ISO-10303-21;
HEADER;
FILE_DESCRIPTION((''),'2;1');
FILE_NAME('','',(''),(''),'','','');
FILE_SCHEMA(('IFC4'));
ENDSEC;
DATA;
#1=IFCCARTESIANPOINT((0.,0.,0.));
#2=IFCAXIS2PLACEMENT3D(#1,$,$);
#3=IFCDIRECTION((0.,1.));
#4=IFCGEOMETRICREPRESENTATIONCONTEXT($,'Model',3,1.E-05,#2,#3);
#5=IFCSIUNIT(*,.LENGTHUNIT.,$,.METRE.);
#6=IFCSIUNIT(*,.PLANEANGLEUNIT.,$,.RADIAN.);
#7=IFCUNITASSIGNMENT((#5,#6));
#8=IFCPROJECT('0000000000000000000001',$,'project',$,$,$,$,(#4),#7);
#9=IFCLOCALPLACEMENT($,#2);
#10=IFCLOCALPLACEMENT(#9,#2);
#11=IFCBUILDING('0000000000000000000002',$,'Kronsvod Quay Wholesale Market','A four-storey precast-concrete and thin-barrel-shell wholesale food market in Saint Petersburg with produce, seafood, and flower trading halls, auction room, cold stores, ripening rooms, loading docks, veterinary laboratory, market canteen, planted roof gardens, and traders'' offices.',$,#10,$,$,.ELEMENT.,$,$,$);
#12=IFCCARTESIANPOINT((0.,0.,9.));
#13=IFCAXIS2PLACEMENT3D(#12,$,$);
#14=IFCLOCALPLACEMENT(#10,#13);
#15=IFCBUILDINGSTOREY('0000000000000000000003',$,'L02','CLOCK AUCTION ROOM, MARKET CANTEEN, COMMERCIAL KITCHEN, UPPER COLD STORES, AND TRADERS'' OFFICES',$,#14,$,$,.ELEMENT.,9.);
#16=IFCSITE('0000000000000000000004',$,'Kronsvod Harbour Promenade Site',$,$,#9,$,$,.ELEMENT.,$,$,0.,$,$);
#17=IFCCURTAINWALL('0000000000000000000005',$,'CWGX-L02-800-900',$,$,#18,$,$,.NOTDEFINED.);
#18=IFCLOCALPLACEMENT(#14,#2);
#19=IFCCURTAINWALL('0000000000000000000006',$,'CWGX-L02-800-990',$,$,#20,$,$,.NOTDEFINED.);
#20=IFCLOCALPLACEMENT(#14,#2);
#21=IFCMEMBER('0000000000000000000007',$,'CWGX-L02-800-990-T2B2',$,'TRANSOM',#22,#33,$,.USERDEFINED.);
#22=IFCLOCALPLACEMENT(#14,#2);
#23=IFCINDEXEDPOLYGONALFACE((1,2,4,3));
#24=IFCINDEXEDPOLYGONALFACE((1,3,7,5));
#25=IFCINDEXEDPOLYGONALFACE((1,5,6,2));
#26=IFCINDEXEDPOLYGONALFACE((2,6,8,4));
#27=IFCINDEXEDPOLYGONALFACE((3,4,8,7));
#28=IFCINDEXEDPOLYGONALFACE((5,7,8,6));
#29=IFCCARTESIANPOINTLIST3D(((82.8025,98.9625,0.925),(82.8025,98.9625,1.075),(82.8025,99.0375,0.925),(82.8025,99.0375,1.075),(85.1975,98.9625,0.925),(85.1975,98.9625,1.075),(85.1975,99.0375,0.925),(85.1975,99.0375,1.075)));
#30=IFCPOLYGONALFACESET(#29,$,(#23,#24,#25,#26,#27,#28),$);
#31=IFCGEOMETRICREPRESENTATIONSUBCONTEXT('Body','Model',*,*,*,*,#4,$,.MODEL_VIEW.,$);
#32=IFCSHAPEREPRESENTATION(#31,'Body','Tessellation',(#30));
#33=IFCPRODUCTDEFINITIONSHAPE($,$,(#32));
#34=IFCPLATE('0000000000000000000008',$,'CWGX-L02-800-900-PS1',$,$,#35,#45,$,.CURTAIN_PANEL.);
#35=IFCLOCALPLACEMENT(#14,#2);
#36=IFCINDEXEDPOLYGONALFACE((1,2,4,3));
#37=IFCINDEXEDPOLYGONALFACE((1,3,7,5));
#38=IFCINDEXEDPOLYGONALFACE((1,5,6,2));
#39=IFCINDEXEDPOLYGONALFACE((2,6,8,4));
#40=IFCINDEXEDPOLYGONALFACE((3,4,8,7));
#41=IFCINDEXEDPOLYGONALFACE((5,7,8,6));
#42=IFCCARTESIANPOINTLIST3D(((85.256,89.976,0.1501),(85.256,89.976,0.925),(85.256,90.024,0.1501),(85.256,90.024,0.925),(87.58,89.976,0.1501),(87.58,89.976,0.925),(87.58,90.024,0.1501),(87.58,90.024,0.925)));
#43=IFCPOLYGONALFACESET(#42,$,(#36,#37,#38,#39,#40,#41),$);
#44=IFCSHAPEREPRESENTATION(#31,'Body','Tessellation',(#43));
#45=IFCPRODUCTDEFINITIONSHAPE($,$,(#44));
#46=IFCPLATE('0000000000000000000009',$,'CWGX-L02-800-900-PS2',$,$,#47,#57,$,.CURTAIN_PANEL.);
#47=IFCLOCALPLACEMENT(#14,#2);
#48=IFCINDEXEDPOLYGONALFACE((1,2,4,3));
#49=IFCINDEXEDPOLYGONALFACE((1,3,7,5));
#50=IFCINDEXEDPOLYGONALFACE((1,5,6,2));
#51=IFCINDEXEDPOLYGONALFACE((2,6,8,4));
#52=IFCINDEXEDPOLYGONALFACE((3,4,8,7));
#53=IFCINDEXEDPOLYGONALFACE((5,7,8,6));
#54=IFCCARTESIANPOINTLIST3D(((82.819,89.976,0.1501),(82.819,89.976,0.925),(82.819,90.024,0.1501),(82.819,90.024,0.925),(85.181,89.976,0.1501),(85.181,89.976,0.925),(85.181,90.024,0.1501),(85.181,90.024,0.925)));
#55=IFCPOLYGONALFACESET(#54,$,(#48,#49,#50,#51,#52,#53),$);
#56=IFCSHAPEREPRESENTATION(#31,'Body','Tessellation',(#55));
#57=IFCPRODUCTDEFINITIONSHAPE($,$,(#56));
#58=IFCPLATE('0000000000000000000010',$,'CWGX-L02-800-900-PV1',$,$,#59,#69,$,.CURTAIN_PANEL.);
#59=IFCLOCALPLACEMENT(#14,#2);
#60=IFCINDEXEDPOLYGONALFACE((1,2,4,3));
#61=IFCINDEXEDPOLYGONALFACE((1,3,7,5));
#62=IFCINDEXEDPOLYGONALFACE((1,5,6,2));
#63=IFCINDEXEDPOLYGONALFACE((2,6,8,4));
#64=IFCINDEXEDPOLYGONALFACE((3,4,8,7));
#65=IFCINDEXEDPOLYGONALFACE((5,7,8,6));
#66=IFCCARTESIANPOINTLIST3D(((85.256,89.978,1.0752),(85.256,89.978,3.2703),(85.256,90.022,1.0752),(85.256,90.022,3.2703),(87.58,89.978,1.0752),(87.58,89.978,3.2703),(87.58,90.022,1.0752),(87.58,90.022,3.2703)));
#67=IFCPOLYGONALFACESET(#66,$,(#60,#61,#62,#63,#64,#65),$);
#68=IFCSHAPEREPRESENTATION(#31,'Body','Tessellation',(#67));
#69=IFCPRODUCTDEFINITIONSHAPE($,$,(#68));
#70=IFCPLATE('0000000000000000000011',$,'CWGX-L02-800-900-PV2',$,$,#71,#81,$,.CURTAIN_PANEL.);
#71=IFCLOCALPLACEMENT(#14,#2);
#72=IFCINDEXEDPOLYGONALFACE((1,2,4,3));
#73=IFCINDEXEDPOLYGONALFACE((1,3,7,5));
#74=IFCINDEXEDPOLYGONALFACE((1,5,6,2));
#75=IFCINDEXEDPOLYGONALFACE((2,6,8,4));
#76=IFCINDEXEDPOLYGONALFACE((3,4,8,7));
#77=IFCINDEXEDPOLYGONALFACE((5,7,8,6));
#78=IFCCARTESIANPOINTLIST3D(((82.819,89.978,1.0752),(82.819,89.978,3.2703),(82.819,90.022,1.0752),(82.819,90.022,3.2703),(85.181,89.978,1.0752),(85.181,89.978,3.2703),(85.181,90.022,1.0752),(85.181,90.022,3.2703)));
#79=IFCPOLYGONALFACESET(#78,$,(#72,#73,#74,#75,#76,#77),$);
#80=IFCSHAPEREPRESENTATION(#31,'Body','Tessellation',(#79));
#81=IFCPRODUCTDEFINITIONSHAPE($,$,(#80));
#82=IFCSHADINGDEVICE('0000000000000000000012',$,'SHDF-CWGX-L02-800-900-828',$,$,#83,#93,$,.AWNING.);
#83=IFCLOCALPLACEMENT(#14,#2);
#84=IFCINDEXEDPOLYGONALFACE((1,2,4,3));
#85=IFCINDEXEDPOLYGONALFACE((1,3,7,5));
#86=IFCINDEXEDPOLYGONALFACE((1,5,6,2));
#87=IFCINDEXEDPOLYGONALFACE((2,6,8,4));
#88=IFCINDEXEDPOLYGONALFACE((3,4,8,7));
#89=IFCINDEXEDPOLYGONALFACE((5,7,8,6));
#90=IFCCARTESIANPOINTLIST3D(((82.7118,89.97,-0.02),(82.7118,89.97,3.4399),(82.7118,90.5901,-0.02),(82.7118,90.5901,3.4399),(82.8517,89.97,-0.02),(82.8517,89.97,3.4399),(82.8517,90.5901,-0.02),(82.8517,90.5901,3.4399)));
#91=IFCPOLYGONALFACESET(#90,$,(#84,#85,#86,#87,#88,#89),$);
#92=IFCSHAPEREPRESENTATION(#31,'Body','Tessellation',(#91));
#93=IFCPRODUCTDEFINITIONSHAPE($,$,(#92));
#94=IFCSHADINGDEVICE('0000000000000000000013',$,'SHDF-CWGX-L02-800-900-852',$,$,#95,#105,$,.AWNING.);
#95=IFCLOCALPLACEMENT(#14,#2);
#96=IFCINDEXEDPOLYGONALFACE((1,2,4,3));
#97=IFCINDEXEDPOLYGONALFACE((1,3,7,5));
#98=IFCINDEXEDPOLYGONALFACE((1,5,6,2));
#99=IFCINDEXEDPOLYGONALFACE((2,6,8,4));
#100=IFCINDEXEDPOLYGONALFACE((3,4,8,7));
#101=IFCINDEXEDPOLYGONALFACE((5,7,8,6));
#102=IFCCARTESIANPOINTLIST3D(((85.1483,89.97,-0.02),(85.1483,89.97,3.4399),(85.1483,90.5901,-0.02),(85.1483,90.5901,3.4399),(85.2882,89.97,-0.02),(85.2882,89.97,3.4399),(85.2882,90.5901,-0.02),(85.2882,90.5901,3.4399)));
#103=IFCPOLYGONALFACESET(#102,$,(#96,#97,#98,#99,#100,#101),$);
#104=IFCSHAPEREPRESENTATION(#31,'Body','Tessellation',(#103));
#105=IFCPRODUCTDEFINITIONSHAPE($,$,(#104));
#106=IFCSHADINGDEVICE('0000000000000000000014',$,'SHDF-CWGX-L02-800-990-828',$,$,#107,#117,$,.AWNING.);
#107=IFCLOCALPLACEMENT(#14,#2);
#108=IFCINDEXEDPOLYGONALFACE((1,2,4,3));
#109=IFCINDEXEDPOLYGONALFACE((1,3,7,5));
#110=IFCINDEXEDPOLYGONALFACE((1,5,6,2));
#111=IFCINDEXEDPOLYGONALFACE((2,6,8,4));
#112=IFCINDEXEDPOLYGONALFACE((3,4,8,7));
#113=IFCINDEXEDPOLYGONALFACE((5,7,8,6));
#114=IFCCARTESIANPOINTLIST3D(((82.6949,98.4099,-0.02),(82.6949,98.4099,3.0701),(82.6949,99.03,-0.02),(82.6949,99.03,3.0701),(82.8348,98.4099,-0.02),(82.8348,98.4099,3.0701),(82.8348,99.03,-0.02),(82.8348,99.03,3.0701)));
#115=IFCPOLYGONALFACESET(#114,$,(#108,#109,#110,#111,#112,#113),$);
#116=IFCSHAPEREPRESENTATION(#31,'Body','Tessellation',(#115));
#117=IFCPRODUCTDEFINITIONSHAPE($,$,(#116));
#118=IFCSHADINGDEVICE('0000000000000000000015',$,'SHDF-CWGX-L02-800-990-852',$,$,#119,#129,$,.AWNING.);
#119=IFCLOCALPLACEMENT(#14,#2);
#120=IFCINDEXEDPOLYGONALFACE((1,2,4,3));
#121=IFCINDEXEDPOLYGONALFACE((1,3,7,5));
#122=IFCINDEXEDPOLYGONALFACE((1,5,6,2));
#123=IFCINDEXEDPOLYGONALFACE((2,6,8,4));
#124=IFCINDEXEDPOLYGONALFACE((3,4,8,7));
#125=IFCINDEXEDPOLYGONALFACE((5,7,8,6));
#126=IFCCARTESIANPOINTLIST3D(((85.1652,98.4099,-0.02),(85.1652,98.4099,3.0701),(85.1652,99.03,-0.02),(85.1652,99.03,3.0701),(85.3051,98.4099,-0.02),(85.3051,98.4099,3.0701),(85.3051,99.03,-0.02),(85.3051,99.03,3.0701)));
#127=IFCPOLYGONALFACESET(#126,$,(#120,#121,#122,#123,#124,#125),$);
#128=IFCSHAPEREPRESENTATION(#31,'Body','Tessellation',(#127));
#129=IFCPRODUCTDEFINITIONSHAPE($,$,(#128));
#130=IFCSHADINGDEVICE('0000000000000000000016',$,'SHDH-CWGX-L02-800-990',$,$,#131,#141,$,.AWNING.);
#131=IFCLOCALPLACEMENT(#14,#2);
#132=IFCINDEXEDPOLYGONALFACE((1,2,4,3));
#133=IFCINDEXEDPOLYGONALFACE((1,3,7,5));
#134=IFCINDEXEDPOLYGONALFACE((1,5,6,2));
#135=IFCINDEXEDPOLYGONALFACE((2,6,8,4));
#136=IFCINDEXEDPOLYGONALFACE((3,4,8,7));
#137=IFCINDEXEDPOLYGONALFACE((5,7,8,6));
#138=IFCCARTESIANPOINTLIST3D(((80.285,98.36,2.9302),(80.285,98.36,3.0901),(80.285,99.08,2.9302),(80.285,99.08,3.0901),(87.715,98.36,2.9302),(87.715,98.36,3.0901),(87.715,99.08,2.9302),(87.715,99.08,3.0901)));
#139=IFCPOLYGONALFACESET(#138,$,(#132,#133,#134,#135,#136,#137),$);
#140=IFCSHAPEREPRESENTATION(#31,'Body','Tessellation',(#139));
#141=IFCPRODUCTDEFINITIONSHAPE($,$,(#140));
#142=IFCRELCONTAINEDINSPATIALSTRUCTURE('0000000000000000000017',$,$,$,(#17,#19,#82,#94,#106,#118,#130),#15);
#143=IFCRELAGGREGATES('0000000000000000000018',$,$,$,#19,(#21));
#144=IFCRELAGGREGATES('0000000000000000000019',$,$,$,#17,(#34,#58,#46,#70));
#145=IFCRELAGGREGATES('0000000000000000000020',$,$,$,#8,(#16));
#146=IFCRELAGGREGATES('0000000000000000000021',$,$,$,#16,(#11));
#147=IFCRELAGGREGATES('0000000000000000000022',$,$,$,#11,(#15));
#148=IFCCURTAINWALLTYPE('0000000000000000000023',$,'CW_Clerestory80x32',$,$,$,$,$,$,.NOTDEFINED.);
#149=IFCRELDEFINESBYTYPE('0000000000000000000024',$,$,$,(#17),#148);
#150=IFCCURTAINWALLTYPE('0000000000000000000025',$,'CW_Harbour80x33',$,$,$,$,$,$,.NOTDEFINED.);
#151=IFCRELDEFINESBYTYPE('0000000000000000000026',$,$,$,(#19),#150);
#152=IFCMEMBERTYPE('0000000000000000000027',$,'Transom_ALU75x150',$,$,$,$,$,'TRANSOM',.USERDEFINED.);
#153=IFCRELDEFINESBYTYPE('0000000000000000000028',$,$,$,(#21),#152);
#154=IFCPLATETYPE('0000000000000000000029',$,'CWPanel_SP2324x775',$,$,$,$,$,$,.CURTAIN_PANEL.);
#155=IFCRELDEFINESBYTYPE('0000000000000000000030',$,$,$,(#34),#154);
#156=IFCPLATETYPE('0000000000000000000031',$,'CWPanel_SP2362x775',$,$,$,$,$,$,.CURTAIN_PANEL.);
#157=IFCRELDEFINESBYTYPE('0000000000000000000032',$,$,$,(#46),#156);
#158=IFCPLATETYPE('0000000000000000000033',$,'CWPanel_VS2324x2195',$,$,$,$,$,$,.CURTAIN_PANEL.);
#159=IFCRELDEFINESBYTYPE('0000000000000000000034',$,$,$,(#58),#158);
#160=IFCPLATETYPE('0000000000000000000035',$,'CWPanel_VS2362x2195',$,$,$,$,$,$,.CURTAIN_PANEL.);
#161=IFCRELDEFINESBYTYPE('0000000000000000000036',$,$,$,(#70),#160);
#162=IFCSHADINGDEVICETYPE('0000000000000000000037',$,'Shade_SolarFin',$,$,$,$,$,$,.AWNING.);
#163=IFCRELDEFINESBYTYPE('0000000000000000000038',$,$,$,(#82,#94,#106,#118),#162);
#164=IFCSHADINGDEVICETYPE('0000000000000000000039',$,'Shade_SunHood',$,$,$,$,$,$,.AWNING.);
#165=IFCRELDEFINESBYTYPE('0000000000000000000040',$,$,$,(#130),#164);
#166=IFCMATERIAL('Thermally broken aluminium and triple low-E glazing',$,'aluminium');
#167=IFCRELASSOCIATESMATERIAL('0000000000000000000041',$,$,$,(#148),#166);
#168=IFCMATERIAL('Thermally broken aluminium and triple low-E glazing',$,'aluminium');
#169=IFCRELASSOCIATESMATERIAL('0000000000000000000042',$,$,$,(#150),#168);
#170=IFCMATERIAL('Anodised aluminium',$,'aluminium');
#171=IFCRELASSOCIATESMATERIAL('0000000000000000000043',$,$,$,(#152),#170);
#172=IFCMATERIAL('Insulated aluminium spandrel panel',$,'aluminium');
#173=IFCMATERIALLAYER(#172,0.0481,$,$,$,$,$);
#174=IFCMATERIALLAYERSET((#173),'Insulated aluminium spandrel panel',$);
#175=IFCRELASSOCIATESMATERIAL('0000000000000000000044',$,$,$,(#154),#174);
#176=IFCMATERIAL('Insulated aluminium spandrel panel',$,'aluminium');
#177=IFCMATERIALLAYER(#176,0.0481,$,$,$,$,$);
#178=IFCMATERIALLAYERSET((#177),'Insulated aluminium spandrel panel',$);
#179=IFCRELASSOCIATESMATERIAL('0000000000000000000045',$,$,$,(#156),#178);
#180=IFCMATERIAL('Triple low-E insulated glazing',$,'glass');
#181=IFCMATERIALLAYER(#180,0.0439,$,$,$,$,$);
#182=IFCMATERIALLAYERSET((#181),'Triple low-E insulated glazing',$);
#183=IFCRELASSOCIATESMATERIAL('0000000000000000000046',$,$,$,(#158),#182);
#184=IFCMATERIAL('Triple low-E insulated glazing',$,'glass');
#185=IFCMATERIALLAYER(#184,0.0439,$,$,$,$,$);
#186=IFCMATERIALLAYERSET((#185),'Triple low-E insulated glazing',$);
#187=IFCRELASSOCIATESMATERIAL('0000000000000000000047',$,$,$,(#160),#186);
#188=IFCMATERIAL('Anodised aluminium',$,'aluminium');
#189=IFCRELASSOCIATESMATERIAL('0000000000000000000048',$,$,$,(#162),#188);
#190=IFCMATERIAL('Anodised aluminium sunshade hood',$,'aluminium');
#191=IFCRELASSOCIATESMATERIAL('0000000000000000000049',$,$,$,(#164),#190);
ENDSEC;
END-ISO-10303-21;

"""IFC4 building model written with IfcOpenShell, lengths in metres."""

from ifc_helpers import new_model, si_unit, direction, frame, origin, origin_2d, place, context, subcontext, project, spatial, rectangle, extrude, material, layer, layer_set, material_profile, profile_set, type_object, element, aggregate, save


model = new_model("IFC4")

# Units and contexts
model_context = context("Model", 3, precision=1e-05, world=origin(), true_north=direction((0.0, 1.0)))
body_context = subcontext(model_context, "Body", "Model", "MODEL_VIEW")
ifc_project = project(units=[si_unit("LENGTHUNIT", "METRE"), si_unit("PLANEANGLEUNIT", "RADIAN")], contexts=[model_context])

# Site, building, storey
site_placement = place(None, origin())
site = spatial("IfcSite", under=ifc_project, at=site_placement, Name="Kronsvod Harbour Promenade Site", CompositionType="ELEMENT", RefElevation=0.0)
building_placement = place(site_placement, origin())
building = spatial("IfcBuilding", under=site, at=building_placement, Name="Kronsvod Quay Wholesale Market", Description="A four-storey precast-concrete and thin-barrel-shell wholesale food market in Saint Petersburg with produce, seafood, and flower trading halls, auction room, cold stores, ripening rooms, loading docks, veterinary laboratory, market canteen, planted roof gardens, and traders' offices.", CompositionType="ELEMENT")
storey_placement = place(building_placement, frame((0.0, 0.0, 9.0)))
storey = spatial("IfcBuildingStorey", under=building, at=storey_placement, Name="L02", Description="CLOCK AUCTION ROOM, MARKET CANTEEN, COMMERCIAL KITCHEN, UPPER COLD STORES, AND TRADERS' OFFICES", CompositionType="ELEMENT", Elevation=9.0)

# Curtain wall
ifc_material_1 = material(Name="Thermally broken aluminium and triple low-E glazing", Category="aluminium")
curtain_wall_type_1 = type_object("IfcCurtainWallType", Name="CW_Clerestory80x32", PredefinedType="NOTDEFINED", material=ifc_material_1)
curtain_wall_1_placement = place(storey_placement, origin())
curtain_wall_1 = element("IfcCurtainWall", 1, at=curtain_wall_1_placement, inside=storey, type_object=curtain_wall_type_1, Name="CWGX-L02-800-900", PredefinedType="NOTDEFINED")

# Curtain wall
ifc_material_2 = material(Name="Thermally broken aluminium and triple low-E glazing", Category="aluminium")
curtain_wall_type_2 = type_object("IfcCurtainWallType", Name="CW_Harbour80x33", PredefinedType="NOTDEFINED", material=ifc_material_2)
curtain_wall_2_placement = place(storey_placement, origin())
curtain_wall_2 = element("IfcCurtainWall", 2, at=curtain_wall_2_placement, inside=storey, type_object=curtain_wall_type_2, Name="CWGX-L02-800-990", PredefinedType="NOTDEFINED")

# Member
ifc_material_3 = material(Name="Anodised aluminium", Category="aluminium")
ifc_material_profile_1 = material_profile(ifc_material_3, rectangle(XDim=0.075, YDim=0.1499, at=origin_2d()), Name="ALUT75x150")
ifc_profile_set_1 = profile_set([ifc_material_profile_1], Name="Anodised aluminium")
member_type_1 = type_object("IfcMemberType", Name="Transom_ALU75x150", ElementType="TRANSOM", PredefinedType="USERDEFINED", material=ifc_profile_set_1)
member_1_placement = place(storey_placement, frame((82.8025, 99.0, 1.0), z_axis=(1.0, 0.0, 0.0), x_axis=(0.0, 1.0, 0.0)))
member_1 = element("IfcMember", 3, at=member_1_placement, type_object=member_type_1, Name="CWGX-L02-800-990-T2B2", ObjectType="TRANSOM", PredefinedType="USERDEFINED", context=body_context, shape_type="SweptSolid", body=[
    extrude(rectangle(XDim=0.075, YDim=0.1499, at=origin_2d()), origin(), (0.0, 0.0, 1.0), 2.395),
])
aggregate(curtain_wall_2, [member_1])

# Plates
ifc_material_4 = material(Name="Insulated aluminium spandrel panel", Category="aluminium")
ifc_layer_1 = layer(ifc_material_4, 0.0481)
ifc_layer_set_1 = layer_set([ifc_layer_1], Name="Insulated aluminium spandrel panel")
plate_type_1 = type_object("IfcPlateType", Name="CWPanel_SP2324x775", PredefinedType="CURTAIN_PANEL", material=ifc_layer_set_1)
plate_1_placement = place(storey_placement, frame((86.418, 90.0, 0.1501), z_axis=(0.0, 0.0, 1.0), x_axis=(-1.0, 0.0, 0.0)))
plate_1 = element("IfcPlate", 4, at=plate_1_placement, type_object=plate_type_1, Name="CWGX-L02-800-900-PS1", PredefinedType="CURTAIN_PANEL", context=body_context, shape_type="SweptSolid", body=[
    extrude(rectangle(XDim=2.324, YDim=0.0481, at=origin_2d()), origin(), (0.0, 0.0, 1.0), 0.7749),
])
ifc_material_5 = material(Name="Insulated aluminium spandrel panel", Category="aluminium")
ifc_layer_2 = layer(ifc_material_5, 0.0481)
ifc_layer_set_2 = layer_set([ifc_layer_2], Name="Insulated aluminium spandrel panel")
plate_type_2 = type_object("IfcPlateType", Name="CWPanel_SP2362x775", PredefinedType="CURTAIN_PANEL", material=ifc_layer_set_2)
plate_2_placement = place(storey_placement, frame((84.0, 90.0, 0.1501), z_axis=(0.0, 0.0, 1.0), x_axis=(-1.0, 0.0, 0.0)))
plate_2 = element("IfcPlate", 5, at=plate_2_placement, type_object=plate_type_2, Name="CWGX-L02-800-900-PS2", PredefinedType="CURTAIN_PANEL", context=body_context, shape_type="SweptSolid", body=[
    extrude(rectangle(XDim=2.3621, YDim=0.0481, at=origin_2d()), origin(), (0.0, 0.0, 1.0), 0.7749),
])
ifc_material_6 = material(Name="Triple low-E insulated glazing", Category="glass")
ifc_layer_3 = layer(ifc_material_6, 0.0439)
ifc_layer_set_3 = layer_set([ifc_layer_3], Name="Triple low-E insulated glazing")
plate_type_3 = type_object("IfcPlateType", Name="CWPanel_VS2324x2195", PredefinedType="CURTAIN_PANEL", material=ifc_layer_set_3)
plate_3_placement = place(storey_placement, frame((86.418, 90.0, 1.0752), z_axis=(0.0, 0.0, 1.0), x_axis=(-1.0, 0.0, 0.0)))
plate_3 = element("IfcPlate", 6, at=plate_3_placement, type_object=plate_type_3, Name="CWGX-L02-800-900-PV1", PredefinedType="CURTAIN_PANEL", context=body_context, shape_type="SweptSolid", body=[
    extrude(rectangle(XDim=2.324, YDim=0.0439, at=origin_2d()), origin(), (0.0, 0.0, 1.0), 2.1951),
])
ifc_material_7 = material(Name="Triple low-E insulated glazing", Category="glass")
ifc_layer_4 = layer(ifc_material_7, 0.0439)
ifc_layer_set_4 = layer_set([ifc_layer_4], Name="Triple low-E insulated glazing")
plate_type_4 = type_object("IfcPlateType", Name="CWPanel_VS2362x2195", PredefinedType="CURTAIN_PANEL", material=ifc_layer_set_4)
plate_4_placement = place(storey_placement, frame((84.0, 90.0, 1.0752), z_axis=(0.0, 0.0, 1.0), x_axis=(-1.0, 0.0, 0.0)))
plate_4 = element("IfcPlate", 7, at=plate_4_placement, type_object=plate_type_4, Name="CWGX-L02-800-900-PV2", PredefinedType="CURTAIN_PANEL", context=body_context, shape_type="SweptSolid", body=[
    extrude(rectangle(XDim=2.3621, YDim=0.0439, at=origin_2d()), origin(), (0.0, 0.0, 1.0), 2.1951),
])
aggregate(curtain_wall_1, [plate_1, plate_3, plate_2, plate_4])

# Shading devices
ifc_material_8 = material(Name="Anodised aluminium", Category="aluminium")
shading_device_type_1 = type_object("IfcShadingDeviceType", Name="Shade_SolarFin", PredefinedType="AWNING", material=ifc_material_8)
for number, where, z_axis, x_axis, name in (
    (8, (82.7817, 90.28, -0.02), (0.0, 0.0, 1.0), (1.0, 0.0, 0.0), "SHDF-CWGX-L02-800-900-828"),
    (9, (85.2183, 90.28, -0.02), (0.0, 0.0, 1.0), (1.0, 0.0, 0.0), "SHDF-CWGX-L02-800-900-852"),
):
    element("IfcShadingDevice", number, at=place(storey_placement, frame(where, z_axis=z_axis, x_axis=x_axis)), inside=storey, type_object=shading_device_type_1, Name=name, PredefinedType="AWNING", context=body_context, shape_type="SweptSolid", body=[
        extrude(rectangle(XDim=0.1399, YDim=0.6201, at=origin_2d()), origin(), (0.0, 0.0, 1.0), 3.46),
    ])
for number, where, z_axis, x_axis, name in (
    (10, (82.7649, 98.72, -0.02), (0.0, 0.0, 1.0), (1.0, 0.0, 0.0), "SHDF-CWGX-L02-800-990-828"),
    (11, (85.2351, 98.72, -0.02), (0.0, 0.0, 1.0), (1.0, 0.0, 0.0), "SHDF-CWGX-L02-800-990-852"),
):
    element("IfcShadingDevice", number, at=place(storey_placement, frame(where, z_axis=z_axis, x_axis=x_axis)), inside=storey, type_object=shading_device_type_1, Name=name, PredefinedType="AWNING", context=body_context, shape_type="SweptSolid", body=[
        extrude(rectangle(XDim=0.1399, YDim=0.6201, at=origin_2d()), origin(), (0.0, 0.0, 1.0), 3.0901),
    ])
ifc_material_9 = material(Name="Anodised aluminium sunshade hood", Category="aluminium")
shading_device_type_2 = type_object("IfcShadingDeviceType", Name="Shade_SunHood", PredefinedType="AWNING", material=ifc_material_9)
shading_device_placement = place(storey_placement, frame((84.0, 98.72, 2.9302), z_axis=(0.0, 0.0, 1.0), x_axis=(1.0, 0.0, 0.0)))
element("IfcShadingDevice", 12, at=shading_device_placement, inside=storey, type_object=shading_device_type_2, Name="SHDH-CWGX-L02-800-990", PredefinedType="AWNING", context=body_context, shape_type="SweptSolid", body=[
    extrude(rectangle(XDim=7.4299, YDim=0.72, at=origin_2d()), origin(), (0.0, 0.0, 1.0), 0.1599),
])

save(model, "model.ifc")
